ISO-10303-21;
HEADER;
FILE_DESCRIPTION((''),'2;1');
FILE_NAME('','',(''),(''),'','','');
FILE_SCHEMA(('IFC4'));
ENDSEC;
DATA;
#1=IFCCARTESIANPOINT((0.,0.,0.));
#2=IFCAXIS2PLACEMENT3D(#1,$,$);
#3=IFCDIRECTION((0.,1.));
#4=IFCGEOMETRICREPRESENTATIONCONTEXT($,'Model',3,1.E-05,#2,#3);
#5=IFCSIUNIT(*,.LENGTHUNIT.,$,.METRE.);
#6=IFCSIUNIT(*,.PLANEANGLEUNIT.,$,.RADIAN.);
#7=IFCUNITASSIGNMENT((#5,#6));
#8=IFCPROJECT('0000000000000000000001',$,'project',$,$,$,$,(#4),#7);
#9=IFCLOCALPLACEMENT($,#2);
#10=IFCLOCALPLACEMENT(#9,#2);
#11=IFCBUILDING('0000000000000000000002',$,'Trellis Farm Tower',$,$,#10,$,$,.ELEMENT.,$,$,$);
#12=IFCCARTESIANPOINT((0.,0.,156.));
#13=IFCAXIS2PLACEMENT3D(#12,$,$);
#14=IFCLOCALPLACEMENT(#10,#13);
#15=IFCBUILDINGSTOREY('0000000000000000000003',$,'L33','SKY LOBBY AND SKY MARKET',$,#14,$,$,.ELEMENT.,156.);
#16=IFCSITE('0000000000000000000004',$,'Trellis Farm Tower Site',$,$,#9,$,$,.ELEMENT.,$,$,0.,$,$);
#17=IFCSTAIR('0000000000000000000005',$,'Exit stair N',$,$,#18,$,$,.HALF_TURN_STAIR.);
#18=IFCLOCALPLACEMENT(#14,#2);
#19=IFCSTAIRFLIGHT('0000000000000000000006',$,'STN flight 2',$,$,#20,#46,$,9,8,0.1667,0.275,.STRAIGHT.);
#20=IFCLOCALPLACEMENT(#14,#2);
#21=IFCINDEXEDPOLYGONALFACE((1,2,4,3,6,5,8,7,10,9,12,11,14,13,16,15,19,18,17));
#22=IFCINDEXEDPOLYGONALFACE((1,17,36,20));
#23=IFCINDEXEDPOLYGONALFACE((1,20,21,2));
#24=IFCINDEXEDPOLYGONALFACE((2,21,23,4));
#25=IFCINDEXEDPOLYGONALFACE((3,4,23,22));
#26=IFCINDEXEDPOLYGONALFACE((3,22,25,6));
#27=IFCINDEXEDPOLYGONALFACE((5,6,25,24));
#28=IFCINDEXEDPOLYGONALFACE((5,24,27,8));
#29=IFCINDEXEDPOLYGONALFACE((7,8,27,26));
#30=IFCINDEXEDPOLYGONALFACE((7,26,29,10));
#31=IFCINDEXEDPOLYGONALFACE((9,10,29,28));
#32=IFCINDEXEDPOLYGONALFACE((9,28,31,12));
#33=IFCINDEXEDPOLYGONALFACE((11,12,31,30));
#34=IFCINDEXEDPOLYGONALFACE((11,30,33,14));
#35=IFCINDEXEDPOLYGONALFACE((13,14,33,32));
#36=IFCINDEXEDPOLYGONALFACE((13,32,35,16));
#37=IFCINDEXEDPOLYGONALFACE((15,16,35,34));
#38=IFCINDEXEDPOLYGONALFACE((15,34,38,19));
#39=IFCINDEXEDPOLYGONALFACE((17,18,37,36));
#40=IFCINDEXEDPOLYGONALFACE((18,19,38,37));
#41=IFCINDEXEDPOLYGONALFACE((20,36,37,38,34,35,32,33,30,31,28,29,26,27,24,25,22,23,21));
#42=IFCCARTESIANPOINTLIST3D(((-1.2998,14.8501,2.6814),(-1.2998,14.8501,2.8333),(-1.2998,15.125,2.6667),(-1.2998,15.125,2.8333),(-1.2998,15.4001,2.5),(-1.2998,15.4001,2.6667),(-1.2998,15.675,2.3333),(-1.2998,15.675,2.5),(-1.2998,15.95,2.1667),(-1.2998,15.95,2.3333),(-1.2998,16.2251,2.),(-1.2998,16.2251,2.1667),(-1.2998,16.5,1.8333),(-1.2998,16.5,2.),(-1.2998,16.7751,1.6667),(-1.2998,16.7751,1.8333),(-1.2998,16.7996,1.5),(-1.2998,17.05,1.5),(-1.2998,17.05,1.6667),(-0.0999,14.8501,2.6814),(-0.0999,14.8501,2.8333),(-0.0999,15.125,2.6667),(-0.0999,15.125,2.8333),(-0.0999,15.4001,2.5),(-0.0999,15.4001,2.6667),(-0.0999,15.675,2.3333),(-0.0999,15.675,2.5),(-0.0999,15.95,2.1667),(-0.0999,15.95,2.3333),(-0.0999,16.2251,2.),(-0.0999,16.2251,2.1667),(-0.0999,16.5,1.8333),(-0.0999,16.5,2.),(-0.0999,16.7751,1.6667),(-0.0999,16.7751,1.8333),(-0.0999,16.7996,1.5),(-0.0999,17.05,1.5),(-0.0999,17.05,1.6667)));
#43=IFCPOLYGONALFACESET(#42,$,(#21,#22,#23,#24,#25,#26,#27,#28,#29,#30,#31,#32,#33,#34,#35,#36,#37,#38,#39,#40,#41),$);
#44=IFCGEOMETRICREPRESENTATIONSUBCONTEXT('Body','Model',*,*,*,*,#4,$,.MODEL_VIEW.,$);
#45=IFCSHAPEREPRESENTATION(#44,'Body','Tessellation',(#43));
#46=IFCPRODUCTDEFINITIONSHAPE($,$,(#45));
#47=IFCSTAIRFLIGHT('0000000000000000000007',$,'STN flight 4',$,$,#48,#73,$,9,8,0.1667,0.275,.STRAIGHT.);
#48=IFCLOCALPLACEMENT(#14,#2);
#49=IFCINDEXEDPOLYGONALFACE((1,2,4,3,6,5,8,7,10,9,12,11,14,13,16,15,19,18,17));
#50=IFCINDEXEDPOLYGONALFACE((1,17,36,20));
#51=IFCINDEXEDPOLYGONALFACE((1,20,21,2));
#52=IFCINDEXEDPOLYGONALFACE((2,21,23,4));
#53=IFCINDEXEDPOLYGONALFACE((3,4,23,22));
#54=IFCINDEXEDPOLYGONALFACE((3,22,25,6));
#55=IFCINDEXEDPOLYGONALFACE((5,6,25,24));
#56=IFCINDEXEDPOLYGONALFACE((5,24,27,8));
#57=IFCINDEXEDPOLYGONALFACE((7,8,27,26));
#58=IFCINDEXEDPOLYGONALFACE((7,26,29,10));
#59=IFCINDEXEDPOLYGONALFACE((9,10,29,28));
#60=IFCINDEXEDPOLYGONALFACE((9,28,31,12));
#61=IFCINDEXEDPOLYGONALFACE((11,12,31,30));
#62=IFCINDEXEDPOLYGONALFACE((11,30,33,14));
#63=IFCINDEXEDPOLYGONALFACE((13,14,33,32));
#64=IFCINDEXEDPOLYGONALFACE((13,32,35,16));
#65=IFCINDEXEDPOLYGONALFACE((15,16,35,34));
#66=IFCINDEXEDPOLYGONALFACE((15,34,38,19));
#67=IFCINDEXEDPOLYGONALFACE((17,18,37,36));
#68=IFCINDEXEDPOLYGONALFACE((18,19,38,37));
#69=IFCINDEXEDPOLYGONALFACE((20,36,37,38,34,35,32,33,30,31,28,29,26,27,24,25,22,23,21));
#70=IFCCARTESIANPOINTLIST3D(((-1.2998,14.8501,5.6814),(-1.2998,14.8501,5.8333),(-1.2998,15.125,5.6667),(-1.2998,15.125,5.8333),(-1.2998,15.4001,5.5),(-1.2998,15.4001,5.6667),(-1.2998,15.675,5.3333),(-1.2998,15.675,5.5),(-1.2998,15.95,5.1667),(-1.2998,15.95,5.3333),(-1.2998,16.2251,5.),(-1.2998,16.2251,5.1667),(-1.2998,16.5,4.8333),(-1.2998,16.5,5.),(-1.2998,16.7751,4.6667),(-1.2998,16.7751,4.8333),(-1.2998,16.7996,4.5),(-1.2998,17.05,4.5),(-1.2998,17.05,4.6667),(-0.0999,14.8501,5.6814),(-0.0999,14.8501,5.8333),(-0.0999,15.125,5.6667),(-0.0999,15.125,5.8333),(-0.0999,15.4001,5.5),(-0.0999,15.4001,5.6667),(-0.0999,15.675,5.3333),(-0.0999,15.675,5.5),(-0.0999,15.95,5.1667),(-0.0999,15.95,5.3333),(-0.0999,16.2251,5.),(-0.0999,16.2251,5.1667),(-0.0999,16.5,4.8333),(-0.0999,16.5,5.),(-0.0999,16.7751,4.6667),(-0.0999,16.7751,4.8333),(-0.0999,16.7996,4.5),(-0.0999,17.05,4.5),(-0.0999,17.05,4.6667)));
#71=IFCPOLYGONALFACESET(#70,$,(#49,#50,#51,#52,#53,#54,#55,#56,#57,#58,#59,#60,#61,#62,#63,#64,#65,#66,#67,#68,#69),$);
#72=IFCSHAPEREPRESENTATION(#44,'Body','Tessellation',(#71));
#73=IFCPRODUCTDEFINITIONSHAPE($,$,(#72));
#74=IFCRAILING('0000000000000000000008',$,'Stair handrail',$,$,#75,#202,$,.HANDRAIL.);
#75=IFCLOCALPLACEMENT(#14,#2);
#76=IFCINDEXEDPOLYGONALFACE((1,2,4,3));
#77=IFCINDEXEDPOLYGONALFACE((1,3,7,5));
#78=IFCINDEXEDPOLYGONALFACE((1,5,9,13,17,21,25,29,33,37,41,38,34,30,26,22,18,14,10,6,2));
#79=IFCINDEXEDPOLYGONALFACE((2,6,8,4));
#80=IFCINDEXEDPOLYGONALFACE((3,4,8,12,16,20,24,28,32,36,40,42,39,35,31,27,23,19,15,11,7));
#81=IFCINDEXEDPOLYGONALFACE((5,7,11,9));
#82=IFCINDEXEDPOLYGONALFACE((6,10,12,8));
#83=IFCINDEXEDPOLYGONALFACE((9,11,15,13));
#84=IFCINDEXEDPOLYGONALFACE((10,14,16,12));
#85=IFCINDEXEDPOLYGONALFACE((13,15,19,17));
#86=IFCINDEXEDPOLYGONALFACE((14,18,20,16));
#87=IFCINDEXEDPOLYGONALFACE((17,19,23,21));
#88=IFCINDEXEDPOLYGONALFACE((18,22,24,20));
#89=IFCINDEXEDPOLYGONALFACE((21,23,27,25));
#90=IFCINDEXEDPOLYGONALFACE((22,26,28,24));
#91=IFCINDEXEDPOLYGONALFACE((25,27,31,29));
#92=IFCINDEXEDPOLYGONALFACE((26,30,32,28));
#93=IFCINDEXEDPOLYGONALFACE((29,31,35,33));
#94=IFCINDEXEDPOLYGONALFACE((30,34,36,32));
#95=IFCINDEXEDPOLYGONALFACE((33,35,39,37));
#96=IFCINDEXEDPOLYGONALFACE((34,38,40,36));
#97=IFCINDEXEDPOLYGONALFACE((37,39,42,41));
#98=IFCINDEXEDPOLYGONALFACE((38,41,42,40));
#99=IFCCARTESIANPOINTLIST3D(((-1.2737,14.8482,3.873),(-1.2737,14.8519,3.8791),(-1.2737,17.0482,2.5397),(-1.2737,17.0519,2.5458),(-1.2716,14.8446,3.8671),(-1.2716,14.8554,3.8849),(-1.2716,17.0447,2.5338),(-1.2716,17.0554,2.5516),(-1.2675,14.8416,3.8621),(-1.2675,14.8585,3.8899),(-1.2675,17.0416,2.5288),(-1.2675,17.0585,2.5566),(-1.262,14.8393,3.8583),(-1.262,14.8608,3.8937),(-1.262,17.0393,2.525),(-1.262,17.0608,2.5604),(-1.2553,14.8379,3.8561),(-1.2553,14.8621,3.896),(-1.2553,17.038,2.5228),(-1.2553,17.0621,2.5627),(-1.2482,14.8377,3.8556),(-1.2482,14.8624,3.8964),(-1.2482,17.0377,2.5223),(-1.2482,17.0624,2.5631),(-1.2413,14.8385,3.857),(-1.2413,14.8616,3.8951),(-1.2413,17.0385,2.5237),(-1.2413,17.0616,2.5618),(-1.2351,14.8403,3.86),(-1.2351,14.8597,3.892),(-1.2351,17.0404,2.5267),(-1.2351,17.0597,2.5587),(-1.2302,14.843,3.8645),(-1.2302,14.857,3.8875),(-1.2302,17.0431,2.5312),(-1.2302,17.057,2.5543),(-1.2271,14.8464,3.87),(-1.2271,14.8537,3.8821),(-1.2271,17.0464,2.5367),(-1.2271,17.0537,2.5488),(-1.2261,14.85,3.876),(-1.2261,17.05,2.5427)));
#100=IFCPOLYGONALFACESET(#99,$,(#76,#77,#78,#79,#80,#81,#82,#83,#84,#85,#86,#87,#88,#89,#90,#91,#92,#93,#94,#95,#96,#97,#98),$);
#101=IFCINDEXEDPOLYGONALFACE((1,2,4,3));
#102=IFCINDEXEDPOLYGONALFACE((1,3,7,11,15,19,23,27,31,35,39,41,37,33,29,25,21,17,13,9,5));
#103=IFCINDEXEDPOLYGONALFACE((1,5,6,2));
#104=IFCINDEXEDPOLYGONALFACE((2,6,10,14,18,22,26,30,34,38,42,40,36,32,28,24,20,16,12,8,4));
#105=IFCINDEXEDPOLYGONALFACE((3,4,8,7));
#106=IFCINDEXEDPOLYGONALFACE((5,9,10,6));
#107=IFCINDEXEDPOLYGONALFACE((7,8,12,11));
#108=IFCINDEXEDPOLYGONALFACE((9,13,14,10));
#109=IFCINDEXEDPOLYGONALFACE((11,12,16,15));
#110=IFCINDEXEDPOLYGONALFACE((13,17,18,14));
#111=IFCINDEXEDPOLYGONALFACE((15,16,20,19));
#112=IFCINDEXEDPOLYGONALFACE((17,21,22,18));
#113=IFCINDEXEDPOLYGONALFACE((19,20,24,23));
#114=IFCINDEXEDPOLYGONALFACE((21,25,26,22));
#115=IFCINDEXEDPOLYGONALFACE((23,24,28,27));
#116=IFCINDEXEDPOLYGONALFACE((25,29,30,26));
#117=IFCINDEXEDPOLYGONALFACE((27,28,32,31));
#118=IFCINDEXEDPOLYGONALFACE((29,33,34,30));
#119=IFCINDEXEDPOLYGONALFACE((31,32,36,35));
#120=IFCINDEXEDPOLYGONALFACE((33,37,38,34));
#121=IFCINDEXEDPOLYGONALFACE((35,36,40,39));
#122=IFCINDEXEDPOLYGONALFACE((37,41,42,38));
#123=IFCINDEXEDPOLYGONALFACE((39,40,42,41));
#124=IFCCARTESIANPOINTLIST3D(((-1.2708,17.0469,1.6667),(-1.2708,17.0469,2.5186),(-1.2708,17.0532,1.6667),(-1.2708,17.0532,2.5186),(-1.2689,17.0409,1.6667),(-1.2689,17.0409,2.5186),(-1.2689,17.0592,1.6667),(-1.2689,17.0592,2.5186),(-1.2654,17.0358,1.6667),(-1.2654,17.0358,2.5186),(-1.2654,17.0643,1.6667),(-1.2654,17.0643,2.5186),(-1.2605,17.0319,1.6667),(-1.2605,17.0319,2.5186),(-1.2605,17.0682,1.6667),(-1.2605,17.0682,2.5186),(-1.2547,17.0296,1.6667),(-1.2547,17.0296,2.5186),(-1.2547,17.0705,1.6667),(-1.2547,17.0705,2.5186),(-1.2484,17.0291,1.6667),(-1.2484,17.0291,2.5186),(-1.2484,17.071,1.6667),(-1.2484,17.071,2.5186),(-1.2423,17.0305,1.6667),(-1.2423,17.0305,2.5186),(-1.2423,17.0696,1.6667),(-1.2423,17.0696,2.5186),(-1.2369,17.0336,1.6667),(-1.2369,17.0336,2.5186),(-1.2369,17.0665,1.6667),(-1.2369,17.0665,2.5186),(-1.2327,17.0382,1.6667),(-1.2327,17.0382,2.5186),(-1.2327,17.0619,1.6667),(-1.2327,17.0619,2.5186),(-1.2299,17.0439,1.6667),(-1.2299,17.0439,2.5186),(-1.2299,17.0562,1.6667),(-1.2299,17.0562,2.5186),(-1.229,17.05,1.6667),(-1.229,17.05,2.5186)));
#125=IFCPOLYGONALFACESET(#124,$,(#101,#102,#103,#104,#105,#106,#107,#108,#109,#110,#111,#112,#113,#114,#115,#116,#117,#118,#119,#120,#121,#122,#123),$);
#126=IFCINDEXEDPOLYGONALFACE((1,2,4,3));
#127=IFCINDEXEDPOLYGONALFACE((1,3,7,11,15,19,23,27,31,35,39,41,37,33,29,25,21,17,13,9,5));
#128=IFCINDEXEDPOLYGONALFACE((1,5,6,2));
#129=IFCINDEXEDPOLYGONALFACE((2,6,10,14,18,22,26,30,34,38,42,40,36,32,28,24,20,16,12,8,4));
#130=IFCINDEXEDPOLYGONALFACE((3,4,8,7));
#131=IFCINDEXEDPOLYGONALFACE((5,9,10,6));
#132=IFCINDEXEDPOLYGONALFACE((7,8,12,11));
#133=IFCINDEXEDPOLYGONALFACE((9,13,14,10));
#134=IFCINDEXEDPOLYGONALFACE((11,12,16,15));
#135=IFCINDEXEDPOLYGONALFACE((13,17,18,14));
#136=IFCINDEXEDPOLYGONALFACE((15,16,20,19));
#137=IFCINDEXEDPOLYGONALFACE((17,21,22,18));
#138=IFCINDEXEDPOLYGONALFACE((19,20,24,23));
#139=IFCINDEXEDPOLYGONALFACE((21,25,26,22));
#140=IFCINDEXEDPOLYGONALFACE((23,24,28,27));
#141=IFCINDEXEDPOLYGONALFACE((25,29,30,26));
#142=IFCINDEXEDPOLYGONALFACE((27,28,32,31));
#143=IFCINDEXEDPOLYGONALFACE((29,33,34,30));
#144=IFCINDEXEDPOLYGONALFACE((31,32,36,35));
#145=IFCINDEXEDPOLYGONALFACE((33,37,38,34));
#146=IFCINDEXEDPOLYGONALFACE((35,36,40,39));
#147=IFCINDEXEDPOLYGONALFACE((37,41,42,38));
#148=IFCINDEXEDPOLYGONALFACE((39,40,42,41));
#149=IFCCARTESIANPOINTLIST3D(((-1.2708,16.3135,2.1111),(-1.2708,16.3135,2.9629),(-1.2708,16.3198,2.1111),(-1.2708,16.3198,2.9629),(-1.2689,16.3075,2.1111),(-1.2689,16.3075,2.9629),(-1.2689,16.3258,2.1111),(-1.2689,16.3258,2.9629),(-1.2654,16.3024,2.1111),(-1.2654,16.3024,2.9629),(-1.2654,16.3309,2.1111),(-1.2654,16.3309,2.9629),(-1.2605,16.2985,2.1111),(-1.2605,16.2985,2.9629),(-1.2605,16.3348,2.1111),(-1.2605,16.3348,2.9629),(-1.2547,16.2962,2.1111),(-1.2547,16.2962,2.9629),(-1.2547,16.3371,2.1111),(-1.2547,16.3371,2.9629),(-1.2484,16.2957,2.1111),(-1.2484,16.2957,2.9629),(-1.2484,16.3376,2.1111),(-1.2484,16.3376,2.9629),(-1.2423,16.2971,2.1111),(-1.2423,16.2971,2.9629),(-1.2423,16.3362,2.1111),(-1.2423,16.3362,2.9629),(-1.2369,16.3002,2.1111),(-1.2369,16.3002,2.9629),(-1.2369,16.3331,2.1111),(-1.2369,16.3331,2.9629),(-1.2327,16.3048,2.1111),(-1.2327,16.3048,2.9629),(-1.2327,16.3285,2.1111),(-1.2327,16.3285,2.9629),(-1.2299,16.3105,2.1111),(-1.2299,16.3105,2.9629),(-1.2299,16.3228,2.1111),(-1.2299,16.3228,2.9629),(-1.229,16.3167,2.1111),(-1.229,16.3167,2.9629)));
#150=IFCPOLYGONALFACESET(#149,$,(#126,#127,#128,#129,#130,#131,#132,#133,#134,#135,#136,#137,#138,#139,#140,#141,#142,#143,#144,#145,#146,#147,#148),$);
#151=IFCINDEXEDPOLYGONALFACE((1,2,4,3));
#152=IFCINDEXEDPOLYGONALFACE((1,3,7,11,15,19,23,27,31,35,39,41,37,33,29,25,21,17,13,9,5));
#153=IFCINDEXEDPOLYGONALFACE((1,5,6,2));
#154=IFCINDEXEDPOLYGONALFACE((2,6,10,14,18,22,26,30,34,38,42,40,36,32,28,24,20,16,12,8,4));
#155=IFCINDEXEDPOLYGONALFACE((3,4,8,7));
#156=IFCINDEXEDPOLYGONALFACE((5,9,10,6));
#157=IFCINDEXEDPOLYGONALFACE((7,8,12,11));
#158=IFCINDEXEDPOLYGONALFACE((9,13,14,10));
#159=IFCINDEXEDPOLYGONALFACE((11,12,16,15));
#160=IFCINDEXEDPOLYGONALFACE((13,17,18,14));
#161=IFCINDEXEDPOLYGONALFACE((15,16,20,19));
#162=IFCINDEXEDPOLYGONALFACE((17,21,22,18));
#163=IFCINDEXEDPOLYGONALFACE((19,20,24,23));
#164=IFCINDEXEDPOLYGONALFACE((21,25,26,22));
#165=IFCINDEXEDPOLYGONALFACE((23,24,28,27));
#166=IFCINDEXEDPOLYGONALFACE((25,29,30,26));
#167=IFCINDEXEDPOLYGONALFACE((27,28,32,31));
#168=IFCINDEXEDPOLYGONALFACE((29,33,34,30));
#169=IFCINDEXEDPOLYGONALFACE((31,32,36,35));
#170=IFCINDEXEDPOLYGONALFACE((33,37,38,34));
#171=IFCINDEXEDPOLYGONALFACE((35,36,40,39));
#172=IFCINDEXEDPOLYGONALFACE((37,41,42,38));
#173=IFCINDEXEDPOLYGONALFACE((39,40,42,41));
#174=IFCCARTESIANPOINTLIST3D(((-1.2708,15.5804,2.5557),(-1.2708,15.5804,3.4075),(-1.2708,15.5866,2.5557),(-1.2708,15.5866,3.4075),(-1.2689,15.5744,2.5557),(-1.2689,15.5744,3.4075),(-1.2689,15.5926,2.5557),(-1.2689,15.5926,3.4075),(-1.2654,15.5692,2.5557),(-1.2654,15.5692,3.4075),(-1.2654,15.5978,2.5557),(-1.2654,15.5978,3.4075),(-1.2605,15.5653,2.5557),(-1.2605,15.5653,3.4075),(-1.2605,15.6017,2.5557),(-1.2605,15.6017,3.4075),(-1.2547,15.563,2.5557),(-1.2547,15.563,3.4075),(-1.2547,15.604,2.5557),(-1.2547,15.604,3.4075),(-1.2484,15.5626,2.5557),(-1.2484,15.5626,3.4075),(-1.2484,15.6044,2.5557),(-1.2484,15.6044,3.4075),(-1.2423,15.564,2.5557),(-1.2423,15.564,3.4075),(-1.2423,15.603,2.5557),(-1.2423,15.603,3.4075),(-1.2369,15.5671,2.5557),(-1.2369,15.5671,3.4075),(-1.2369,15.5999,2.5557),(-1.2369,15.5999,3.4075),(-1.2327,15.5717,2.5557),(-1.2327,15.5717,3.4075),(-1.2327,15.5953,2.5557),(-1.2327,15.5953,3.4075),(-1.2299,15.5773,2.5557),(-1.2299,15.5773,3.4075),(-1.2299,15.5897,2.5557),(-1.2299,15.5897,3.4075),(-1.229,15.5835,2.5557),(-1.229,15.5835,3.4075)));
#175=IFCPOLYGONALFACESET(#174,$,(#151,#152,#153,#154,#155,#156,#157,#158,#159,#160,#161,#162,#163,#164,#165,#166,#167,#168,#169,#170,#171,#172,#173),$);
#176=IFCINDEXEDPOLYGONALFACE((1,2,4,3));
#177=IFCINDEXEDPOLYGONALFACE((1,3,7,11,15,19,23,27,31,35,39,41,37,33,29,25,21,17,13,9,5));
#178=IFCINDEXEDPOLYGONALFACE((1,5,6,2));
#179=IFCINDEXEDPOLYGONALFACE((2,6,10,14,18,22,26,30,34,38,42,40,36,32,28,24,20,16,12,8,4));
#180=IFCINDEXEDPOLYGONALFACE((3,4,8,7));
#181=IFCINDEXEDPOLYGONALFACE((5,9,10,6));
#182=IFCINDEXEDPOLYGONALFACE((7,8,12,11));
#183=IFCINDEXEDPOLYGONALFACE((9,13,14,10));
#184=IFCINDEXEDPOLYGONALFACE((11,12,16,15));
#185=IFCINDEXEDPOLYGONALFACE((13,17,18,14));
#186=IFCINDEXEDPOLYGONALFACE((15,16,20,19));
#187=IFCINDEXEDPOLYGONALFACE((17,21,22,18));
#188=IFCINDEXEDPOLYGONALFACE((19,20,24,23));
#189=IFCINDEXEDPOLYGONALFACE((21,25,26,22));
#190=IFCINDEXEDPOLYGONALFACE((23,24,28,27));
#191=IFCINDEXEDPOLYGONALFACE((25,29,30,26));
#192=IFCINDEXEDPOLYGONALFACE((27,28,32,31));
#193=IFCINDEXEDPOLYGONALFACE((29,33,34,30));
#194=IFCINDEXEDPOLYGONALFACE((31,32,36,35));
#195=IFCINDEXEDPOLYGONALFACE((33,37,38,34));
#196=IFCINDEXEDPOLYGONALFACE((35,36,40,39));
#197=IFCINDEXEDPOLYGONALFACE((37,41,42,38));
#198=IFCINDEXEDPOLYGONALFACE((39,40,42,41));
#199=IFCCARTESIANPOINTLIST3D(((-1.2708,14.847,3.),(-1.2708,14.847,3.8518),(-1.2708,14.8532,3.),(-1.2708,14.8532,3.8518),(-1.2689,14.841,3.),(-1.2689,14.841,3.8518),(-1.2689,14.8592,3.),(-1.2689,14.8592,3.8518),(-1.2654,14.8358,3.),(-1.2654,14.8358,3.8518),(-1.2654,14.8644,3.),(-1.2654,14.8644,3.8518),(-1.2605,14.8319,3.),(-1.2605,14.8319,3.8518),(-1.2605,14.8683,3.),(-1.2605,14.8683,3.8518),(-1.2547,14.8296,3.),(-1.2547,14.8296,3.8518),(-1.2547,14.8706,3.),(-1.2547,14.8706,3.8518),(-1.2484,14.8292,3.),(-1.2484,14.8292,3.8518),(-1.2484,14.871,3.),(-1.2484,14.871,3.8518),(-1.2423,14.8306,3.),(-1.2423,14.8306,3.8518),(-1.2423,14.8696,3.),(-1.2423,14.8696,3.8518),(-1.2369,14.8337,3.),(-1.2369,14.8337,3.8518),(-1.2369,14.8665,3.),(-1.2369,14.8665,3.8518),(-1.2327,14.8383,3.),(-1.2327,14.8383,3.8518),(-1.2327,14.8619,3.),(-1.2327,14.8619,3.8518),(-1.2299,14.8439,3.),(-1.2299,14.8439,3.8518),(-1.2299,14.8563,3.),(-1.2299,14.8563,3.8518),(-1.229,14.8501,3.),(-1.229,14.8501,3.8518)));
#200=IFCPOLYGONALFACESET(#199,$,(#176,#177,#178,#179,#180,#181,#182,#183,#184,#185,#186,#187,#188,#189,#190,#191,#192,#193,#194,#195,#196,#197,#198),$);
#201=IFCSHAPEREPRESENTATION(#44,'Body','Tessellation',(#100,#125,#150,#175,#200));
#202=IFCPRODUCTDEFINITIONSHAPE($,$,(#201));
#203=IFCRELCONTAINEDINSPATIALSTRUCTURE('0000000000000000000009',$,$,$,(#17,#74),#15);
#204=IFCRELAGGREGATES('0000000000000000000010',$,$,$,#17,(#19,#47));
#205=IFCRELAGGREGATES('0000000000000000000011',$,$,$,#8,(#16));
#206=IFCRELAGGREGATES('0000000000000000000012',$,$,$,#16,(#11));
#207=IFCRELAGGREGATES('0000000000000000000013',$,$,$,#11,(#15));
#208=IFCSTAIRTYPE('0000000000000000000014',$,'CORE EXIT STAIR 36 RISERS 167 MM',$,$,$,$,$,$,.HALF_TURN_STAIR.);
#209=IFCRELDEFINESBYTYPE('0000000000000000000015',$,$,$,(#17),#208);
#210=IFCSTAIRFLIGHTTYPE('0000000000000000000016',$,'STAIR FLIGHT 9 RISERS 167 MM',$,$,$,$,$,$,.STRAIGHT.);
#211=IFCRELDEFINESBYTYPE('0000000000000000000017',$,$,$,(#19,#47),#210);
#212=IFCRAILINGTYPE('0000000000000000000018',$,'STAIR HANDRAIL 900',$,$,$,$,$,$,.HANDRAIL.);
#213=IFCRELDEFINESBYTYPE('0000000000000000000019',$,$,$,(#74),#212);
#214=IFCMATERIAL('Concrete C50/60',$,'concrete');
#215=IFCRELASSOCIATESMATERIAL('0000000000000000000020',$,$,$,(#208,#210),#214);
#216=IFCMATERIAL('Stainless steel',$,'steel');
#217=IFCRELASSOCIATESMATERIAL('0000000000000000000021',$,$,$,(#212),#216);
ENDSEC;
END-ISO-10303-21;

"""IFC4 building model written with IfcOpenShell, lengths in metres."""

from ifc_helpers import new_model, si_unit, direction, frame, origin, origin_2d, place, context, subcontext, project, spatial, polyline, circle, outline, extrude, source, transform, mapped, material, type_object, element, aggregate, save


model = new_model("IFC4")

# Units and contexts
model_context = context("Model", 3, precision=1e-05, world=origin(), true_north=direction((0.0, 1.0)))
body_context = subcontext(model_context, "Body", "Model", "MODEL_VIEW")
ifc_project = project(units=[si_unit("LENGTHUNIT", "METRE"), si_unit("PLANEANGLEUNIT", "RADIAN")], contexts=[model_context])

# Site, building, storey
site_placement = place(None, origin())
site = spatial("IfcSite", under=ifc_project, at=site_placement, Name="Trellis Farm Tower Site", CompositionType="ELEMENT", RefElevation=0.0)
building_placement = place(site_placement, origin())
building = spatial("IfcBuilding", under=site, at=building_placement, Name="Trellis Farm Tower", CompositionType="ELEMENT")
storey_placement = place(building_placement, frame((0.0, 0.0, 156.0)))
storey = spatial("IfcBuildingStorey", under=building, at=storey_placement, Name="L33", Description="SKY LOBBY AND SKY MARKET", CompositionType="ELEMENT", Elevation=156.0)

# Shared definitions
placement = place(storey_placement, origin())

# Stair, stair flights
ifc_material_1 = material(Name="Concrete C50/60", Category="concrete")
stair_type = type_object("IfcStairType", Name="CORE EXIT STAIR 36 RISERS 167 MM", PredefinedType="HALF_TURN_STAIR", material=ifc_material_1)
stair = element("IfcStair", 1, at=placement, inside=storey, type_object=stair_type, Name="Exit stair N", PredefinedType="HALF_TURN_STAIR")
stair_flight_type = type_object("IfcStairFlightType", Name="STAIR FLIGHT 9 RISERS 167 MM", PredefinedType="STRAIGHT", material=ifc_material_1)
shared_shape_1 = source(origin(), body_context, "Body", "SweptSolid", [
    extrude(outline(polyline([(0.0, 0.0), (0.0, 0.1667), (0.2749, 0.1667), (0.2749, 0.3333), (0.55, 0.3333), (0.55, 0.5), (0.825, 0.5), (0.825, 0.6667), (1.1001, 0.6667), (1.1001, 0.8333), (1.375, 0.8333), (1.375, 1.0), (1.6499, 1.0), (1.6499, 1.1667), (1.925, 1.1667), (1.925, 1.3333), (2.2, 1.3333), (2.2, 1.5), (2.2, 1.1814), (0.2505, 0.0), (0.0, 0.0)])), frame((0.0, 0.6001, 0.0), z_axis=(0.0, -1.0, 0.0), x_axis=(1.0, 0.0, 0.0)), (0.0, 0.0, 1.0), 1.2),
])
stair_flight_1_placement = place(storey_placement, frame((-0.7, 17.05, 1.5), z_axis=(0.0, 0.0, 1.0), x_axis=(0.0, -1.0, 0.0)))
stair_flight_1 = element("IfcStairFlight", 2, at=stair_flight_1_placement, type_object=stair_flight_type, Name="STN flight 2", NumberOfRisers=9, NumberOfTreads=8, PredefinedType="STRAIGHT", RiserHeight=0.1667, TreadLength=0.275, context=body_context, shape_type="MappedRepresentation", body=[
    mapped(shared_shape_1, transform((0.0, 0.0, 0.0))),
])
stair_flight_2_placement = place(storey_placement, frame((-0.7, 17.05, 4.5), z_axis=(0.0, 0.0, 1.0), x_axis=(0.0, -1.0, 0.0)))
stair_flight_2 = element("IfcStairFlight", 3, at=stair_flight_2_placement, type_object=stair_flight_type, Name="STN flight 4", NumberOfRisers=9, NumberOfTreads=8, PredefinedType="STRAIGHT", RiserHeight=0.1667, TreadLength=0.275, context=body_context, shape_type="MappedRepresentation", body=[
    mapped(shared_shape_1, transform((0.0, 0.0, 0.0))),
])
aggregate(stair, [stair_flight_1, stair_flight_2])

# Railing
ifc_material_2 = material(Name="Stainless steel", Category="steel")
railing_type = type_object("IfcRailingType", Name="STAIR HANDRAIL 900", PredefinedType="HANDRAIL", material=ifc_material_2)
shared_shape_2 = source(origin(), body_context, "Body", "SweptSolid", [
    extrude(circle(Radius=0.0239, at=origin_2d()), frame((0.0, 0.0, 0.876), z_axis=(0.0, -0.855207, 0.518287), x_axis=(1.0, 0.0, 0.0)), (0.0, 0.0, 1.0), 2.5725),
    extrude(circle(Radius=0.021, at=origin_2d()), origin(), (0.0, 0.0, 1.0), 0.8518),
    extrude(circle(Radius=0.021, at=origin_2d()), frame((0.0, -0.7334, 0.4443)), (0.0, 0.0, 1.0), 0.8518),
    extrude(circle(Radius=0.021, at=origin_2d()), frame((0.0, -1.4666, 0.8889)), (0.0, 0.0, 1.0), 0.8518),
    extrude(circle(Radius=0.021, at=origin_2d()), frame((0.0, -2.2, 1.3333)), (0.0, 0.0, 1.0), 0.8518),
])
for number, where, name in (
    (4, (-1.25, 17.05, 1.6667), "Stair handrail"),
):
    element("IfcRailing", number, at=place(storey_placement, frame(where)), inside=storey, type_object=railing_type, Name=name, PredefinedType="HANDRAIL", context=body_context, shape_type="MappedRepresentation", body=[
        mapped(shared_shape_2, transform((0.0, 0.0, 0.0))),
    ])

save(model, "model.ifc")
